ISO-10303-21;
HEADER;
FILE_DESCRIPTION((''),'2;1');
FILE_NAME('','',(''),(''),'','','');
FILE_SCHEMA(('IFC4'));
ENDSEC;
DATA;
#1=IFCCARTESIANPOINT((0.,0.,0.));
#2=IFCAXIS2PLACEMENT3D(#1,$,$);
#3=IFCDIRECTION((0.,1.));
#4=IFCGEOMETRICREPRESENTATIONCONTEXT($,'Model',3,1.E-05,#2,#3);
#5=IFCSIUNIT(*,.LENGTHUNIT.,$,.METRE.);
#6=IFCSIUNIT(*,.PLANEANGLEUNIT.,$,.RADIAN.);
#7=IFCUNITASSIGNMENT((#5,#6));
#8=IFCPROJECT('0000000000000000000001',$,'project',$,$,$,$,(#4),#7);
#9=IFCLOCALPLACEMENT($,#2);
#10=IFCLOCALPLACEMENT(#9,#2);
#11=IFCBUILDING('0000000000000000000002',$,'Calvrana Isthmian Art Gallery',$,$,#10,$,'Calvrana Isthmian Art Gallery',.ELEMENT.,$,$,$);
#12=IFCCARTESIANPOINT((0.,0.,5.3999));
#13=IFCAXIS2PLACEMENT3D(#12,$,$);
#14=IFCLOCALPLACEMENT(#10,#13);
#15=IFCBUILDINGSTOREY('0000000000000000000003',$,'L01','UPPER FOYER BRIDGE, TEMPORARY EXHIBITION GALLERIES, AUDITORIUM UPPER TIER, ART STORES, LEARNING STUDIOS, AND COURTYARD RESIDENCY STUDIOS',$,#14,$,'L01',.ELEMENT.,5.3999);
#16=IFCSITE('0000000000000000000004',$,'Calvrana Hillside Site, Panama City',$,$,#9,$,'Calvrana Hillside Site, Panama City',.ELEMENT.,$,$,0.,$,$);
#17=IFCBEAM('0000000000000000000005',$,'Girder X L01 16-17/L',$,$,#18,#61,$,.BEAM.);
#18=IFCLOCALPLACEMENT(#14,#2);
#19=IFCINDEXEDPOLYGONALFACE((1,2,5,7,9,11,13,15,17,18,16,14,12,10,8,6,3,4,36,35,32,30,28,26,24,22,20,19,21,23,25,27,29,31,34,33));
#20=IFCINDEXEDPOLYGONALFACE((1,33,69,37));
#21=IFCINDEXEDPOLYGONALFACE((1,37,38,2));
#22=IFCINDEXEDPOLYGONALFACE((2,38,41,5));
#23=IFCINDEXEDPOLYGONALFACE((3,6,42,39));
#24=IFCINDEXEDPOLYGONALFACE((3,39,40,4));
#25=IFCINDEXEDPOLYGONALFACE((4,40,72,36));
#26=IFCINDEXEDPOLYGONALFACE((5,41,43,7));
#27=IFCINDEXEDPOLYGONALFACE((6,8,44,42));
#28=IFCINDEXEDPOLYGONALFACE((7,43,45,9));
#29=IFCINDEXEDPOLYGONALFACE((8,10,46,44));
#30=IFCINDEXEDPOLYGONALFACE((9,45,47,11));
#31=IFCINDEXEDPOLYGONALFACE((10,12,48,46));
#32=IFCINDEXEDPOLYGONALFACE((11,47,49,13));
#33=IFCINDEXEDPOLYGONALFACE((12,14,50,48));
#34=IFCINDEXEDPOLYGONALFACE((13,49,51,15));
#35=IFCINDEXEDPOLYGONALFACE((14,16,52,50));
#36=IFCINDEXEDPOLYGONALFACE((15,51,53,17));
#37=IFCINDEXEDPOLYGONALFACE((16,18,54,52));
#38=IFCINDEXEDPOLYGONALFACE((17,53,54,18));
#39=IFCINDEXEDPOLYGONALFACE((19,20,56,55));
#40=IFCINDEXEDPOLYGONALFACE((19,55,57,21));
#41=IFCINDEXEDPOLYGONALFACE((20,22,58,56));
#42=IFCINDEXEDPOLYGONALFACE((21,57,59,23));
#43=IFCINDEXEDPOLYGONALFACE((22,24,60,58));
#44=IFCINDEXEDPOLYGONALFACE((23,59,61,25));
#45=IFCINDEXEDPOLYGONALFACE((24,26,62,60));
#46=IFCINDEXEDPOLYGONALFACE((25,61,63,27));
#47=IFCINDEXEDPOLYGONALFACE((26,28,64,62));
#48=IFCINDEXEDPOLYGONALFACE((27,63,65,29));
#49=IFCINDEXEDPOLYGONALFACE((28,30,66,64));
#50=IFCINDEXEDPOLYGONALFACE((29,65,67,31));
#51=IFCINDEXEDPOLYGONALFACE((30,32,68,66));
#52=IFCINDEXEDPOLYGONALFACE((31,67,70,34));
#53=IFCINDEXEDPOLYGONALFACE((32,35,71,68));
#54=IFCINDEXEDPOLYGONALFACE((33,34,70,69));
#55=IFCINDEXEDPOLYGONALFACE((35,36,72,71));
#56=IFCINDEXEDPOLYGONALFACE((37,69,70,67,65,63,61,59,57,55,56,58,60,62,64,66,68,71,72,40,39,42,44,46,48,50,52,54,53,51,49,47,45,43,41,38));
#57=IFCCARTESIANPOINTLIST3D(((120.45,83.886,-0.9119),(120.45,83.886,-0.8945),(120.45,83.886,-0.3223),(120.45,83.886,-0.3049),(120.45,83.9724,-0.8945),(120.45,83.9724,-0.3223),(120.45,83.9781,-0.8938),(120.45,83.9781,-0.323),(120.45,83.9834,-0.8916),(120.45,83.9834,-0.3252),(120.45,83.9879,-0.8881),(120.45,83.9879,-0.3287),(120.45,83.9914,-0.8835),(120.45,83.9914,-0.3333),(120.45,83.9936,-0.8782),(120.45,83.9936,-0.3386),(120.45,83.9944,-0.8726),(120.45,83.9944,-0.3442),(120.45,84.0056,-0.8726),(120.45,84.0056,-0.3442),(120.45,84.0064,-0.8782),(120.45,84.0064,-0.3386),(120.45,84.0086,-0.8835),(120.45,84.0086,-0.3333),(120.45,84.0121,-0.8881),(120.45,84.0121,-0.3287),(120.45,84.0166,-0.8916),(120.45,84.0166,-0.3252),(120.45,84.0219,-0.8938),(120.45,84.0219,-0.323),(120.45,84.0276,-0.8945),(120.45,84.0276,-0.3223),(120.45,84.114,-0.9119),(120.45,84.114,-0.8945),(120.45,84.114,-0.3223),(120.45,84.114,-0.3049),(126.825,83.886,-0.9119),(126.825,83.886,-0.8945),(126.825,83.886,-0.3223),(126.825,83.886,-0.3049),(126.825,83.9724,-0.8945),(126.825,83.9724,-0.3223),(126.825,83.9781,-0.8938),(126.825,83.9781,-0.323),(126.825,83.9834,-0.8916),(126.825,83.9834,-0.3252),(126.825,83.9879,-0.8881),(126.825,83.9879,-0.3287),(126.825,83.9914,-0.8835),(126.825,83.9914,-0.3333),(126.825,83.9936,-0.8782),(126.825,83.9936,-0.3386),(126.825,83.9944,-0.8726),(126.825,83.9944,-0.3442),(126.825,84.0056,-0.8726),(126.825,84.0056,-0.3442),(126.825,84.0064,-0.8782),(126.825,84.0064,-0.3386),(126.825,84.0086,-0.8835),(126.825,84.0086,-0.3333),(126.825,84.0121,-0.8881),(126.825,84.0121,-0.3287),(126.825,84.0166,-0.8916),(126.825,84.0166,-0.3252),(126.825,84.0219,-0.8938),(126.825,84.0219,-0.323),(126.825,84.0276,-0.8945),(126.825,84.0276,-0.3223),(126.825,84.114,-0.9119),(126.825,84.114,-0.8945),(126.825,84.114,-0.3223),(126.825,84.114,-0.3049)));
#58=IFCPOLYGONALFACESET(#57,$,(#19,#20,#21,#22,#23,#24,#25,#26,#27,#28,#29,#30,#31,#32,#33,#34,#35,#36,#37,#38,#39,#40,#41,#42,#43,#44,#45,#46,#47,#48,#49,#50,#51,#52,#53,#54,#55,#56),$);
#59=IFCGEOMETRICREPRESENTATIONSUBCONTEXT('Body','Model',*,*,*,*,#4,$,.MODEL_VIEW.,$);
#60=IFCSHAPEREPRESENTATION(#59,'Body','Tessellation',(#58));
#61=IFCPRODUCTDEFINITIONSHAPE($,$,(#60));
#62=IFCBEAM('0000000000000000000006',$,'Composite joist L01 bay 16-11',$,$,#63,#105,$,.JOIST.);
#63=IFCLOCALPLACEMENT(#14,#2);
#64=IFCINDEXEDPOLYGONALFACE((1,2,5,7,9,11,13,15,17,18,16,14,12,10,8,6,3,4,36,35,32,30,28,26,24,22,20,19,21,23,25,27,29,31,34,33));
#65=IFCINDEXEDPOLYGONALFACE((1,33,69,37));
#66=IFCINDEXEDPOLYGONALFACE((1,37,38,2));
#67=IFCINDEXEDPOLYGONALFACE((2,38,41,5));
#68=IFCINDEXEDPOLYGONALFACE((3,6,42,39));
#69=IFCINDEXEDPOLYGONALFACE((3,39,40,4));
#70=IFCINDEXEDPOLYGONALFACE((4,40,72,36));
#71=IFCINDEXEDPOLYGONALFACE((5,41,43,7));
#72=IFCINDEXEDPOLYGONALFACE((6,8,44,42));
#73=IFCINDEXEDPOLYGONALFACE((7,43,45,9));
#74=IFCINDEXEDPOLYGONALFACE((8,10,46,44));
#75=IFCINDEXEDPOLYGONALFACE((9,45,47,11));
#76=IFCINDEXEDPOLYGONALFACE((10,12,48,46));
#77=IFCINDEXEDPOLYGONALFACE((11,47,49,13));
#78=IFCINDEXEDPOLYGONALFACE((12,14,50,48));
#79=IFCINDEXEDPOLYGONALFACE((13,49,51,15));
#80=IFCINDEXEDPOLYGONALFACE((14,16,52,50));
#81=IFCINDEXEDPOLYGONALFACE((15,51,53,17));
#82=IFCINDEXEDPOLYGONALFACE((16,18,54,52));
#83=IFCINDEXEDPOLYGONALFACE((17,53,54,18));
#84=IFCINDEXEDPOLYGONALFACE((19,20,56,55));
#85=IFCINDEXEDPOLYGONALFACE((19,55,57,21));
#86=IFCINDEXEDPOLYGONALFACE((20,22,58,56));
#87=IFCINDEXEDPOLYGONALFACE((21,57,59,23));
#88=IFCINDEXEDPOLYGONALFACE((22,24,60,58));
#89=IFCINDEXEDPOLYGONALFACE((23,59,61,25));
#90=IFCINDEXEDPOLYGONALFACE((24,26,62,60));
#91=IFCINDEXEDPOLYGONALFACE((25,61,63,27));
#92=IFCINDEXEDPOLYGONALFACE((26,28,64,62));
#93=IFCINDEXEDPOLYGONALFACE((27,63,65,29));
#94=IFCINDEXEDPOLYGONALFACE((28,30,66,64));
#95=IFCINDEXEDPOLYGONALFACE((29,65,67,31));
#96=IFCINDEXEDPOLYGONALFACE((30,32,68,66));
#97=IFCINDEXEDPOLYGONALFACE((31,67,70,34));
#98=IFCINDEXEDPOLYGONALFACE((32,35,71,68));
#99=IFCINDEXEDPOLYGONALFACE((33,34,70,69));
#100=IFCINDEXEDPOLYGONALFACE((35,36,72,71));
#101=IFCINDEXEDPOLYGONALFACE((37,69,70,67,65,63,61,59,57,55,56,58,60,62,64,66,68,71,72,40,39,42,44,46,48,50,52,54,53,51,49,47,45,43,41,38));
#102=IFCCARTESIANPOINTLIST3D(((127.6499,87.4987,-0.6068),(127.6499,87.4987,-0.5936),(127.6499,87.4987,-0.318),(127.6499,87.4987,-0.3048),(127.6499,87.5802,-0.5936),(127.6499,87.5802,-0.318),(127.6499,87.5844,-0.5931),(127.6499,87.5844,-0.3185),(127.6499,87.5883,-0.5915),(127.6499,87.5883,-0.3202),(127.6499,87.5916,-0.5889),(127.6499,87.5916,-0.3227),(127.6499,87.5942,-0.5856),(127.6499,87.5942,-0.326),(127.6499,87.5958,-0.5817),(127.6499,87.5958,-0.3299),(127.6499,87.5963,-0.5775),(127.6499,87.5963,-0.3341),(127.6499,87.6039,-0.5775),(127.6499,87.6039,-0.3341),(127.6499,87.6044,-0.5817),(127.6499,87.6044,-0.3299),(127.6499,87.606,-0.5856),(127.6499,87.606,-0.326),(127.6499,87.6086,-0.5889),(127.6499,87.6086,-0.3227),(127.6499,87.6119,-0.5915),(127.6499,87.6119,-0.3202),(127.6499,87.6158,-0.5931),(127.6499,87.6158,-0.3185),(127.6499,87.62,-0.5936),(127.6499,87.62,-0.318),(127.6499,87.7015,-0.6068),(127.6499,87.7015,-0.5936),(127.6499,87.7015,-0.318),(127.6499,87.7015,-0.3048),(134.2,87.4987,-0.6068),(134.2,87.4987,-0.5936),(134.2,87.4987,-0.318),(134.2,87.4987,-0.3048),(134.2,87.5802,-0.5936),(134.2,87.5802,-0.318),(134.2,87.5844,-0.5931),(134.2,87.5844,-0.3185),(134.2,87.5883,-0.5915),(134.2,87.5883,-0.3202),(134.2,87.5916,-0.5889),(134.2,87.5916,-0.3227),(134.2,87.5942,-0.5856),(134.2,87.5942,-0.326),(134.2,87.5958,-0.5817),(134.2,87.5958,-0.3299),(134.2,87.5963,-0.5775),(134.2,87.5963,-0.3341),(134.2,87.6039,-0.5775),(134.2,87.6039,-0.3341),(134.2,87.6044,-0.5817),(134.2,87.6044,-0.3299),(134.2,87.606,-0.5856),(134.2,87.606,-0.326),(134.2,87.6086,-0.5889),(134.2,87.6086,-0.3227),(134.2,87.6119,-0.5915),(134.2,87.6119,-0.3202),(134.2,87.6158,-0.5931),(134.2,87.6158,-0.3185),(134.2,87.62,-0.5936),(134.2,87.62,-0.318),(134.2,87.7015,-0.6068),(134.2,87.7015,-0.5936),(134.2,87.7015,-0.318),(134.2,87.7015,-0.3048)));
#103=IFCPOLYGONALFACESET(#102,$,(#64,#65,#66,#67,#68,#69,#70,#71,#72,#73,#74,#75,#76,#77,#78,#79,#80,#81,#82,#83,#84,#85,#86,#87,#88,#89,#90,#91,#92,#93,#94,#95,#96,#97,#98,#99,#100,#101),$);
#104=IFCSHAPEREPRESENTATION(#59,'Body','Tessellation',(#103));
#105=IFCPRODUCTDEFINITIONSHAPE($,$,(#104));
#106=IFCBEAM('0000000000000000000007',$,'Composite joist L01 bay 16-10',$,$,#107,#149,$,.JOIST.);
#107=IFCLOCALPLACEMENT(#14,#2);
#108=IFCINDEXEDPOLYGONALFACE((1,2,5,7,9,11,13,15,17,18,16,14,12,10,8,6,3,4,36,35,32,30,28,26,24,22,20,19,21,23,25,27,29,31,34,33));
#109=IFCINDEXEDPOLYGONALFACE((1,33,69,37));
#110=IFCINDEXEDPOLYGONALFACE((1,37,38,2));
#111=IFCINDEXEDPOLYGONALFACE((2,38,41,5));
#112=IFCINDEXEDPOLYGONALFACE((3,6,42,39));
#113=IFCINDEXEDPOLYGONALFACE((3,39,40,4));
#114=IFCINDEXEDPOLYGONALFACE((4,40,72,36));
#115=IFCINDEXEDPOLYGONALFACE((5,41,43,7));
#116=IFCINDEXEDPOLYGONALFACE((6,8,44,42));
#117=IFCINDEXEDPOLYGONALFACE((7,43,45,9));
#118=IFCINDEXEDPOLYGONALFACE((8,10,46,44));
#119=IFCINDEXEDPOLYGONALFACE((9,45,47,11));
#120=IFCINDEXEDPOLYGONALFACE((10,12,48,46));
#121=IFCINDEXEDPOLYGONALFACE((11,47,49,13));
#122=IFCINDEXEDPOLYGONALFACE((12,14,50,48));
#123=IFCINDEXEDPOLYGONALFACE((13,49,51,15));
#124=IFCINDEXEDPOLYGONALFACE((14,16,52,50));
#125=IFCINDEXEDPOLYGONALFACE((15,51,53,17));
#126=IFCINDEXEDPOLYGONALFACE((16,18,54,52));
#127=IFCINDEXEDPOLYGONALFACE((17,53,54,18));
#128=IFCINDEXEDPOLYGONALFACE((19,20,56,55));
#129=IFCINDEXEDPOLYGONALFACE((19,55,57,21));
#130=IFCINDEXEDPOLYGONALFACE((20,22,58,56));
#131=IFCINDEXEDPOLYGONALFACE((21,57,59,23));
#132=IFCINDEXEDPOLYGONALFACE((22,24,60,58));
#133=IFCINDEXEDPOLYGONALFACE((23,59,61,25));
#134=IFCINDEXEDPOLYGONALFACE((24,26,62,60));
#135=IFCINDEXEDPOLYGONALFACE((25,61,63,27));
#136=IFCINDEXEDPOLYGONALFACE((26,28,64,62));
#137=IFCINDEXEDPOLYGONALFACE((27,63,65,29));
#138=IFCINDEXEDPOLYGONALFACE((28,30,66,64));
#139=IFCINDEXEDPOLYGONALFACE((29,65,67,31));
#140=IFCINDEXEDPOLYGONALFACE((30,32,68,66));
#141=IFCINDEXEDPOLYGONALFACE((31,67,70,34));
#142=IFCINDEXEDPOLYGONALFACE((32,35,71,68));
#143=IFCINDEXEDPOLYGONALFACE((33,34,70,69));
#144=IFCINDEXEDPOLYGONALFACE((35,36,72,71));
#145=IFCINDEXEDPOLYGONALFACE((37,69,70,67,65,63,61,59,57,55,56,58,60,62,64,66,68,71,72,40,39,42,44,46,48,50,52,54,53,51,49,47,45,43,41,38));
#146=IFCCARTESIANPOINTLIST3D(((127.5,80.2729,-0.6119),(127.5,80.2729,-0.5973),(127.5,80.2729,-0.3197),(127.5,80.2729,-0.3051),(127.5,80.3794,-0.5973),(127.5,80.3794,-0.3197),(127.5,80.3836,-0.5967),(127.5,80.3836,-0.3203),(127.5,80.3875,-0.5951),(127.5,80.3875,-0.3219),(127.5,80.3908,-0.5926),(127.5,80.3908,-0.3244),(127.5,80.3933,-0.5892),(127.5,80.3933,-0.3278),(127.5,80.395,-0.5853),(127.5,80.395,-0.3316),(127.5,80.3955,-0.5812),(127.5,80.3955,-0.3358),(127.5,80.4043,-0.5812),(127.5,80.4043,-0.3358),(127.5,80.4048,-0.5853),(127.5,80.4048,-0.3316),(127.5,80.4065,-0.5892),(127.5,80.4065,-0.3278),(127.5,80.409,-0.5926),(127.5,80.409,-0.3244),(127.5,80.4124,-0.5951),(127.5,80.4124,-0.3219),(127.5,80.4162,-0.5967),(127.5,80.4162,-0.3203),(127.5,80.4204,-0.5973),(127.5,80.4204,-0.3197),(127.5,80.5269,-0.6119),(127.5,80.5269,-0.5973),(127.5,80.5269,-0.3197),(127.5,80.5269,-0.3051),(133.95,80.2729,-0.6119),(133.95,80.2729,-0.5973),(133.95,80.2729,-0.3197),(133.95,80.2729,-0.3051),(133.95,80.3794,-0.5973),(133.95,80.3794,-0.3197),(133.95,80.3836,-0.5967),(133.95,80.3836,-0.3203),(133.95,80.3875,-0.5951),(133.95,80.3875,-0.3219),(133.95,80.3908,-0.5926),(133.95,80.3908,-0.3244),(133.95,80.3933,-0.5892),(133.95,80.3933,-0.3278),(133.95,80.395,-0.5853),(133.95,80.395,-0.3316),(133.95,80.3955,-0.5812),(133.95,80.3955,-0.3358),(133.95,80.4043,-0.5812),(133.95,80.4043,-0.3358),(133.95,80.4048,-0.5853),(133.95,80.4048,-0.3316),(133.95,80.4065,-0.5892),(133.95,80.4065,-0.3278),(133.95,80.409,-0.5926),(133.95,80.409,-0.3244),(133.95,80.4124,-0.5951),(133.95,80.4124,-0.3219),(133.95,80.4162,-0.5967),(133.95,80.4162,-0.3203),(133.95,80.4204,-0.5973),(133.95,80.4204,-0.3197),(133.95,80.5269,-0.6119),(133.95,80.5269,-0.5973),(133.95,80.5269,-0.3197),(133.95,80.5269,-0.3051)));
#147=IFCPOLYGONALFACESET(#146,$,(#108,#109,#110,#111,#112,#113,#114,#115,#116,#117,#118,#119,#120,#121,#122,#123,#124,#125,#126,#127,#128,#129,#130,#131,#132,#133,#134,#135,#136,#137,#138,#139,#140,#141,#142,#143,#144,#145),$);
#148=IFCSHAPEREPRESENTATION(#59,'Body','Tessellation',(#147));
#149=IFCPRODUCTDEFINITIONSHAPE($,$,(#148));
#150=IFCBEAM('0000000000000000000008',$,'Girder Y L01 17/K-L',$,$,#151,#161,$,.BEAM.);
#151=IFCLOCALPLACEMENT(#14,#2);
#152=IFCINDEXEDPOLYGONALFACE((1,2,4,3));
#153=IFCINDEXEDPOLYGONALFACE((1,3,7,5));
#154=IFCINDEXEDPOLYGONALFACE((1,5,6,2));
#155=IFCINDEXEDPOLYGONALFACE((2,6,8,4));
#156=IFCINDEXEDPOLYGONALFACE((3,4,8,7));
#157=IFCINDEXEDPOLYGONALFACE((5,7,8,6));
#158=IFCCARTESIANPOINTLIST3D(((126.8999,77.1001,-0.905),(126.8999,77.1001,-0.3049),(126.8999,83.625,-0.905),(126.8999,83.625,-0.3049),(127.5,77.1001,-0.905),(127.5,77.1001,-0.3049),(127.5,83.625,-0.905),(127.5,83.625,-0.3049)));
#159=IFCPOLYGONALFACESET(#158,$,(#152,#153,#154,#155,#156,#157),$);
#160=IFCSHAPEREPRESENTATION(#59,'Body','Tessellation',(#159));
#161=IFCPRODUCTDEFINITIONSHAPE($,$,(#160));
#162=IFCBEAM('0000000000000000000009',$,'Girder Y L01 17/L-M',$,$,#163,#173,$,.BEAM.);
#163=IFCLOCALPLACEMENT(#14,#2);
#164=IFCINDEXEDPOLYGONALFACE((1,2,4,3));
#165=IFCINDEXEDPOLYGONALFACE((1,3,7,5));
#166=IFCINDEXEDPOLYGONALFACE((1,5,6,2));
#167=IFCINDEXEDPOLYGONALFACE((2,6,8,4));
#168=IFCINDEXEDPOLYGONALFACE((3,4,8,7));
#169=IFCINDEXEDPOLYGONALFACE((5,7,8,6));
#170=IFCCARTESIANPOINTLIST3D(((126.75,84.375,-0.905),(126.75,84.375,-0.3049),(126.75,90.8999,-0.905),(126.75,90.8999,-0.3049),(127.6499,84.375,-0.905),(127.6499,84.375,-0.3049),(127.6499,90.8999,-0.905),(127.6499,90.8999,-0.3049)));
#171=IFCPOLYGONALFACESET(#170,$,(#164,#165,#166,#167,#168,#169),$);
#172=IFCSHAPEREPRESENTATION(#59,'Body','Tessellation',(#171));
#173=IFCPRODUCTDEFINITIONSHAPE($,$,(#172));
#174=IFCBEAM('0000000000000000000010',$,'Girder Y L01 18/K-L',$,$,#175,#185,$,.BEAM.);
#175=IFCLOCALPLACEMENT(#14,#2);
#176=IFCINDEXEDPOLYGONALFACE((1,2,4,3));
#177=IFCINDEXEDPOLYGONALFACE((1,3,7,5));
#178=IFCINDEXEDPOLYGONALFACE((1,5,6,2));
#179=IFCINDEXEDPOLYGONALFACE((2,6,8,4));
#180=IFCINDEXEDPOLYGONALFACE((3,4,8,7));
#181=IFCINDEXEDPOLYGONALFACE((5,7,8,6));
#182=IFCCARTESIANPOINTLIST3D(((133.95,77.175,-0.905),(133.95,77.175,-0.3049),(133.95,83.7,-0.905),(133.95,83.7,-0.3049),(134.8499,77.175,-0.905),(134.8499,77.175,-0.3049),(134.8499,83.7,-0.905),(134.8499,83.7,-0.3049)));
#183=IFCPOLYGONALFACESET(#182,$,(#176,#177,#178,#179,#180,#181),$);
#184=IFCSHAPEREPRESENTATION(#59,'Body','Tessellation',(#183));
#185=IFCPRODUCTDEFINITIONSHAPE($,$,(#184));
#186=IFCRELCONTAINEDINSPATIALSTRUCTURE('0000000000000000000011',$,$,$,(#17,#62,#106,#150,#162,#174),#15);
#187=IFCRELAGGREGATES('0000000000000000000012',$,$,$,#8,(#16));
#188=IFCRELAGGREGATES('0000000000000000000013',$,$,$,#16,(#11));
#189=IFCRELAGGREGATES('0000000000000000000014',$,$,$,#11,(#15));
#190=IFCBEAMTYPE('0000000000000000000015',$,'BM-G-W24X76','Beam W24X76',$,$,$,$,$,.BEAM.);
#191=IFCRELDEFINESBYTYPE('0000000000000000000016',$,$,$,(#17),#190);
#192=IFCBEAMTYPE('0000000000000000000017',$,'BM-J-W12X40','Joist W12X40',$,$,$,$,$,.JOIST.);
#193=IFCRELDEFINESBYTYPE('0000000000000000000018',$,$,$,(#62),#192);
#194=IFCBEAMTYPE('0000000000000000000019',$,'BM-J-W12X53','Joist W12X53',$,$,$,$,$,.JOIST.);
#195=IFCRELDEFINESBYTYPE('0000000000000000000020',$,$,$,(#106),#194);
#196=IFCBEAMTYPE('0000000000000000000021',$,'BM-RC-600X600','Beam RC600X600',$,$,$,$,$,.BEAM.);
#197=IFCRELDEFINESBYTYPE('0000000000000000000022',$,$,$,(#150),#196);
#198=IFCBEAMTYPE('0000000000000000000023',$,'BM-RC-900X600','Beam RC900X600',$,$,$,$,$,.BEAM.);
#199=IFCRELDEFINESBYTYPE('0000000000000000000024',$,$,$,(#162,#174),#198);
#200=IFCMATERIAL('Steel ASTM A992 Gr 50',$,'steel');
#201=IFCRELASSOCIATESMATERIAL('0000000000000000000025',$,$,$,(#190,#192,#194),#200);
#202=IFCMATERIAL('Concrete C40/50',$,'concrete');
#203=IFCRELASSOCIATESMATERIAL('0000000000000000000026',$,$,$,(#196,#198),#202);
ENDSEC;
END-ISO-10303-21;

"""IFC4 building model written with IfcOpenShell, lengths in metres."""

from ifc_helpers import new_model, si_unit, direction, frame, origin, origin_2d, place, context, subcontext, project, spatial, rectangle, i_section, extrude, material, material_profile, profile_set, type_object, element, save


model = new_model("IFC4")

# Units and contexts
model_context = context("Model", 3, precision=1e-05, world=origin(), true_north=direction((0.0, 1.0)))
body_context = subcontext(model_context, "Body", "Model", "MODEL_VIEW")
ifc_project = project(units=[si_unit("LENGTHUNIT", "METRE"), si_unit("PLANEANGLEUNIT", "RADIAN")], contexts=[model_context])

# Site, building, storey
site_placement = place(None, origin())
site = spatial("IfcSite", under=ifc_project, at=site_placement, Name="Calvrana Hillside Site, Panama City", LongName="Calvrana Hillside Site, Panama City", CompositionType="ELEMENT", RefElevation=0.0)
building_placement = place(site_placement, origin())
building = spatial("IfcBuilding", under=site, at=building_placement, Name="Calvrana Isthmian Art Gallery", LongName="Calvrana Isthmian Art Gallery", CompositionType="ELEMENT")
storey_placement = place(building_placement, frame((0.0, 0.0, 5.3999)))
storey = spatial("IfcBuildingStorey", under=building, at=storey_placement, Name="L01", Description="UPPER FOYER BRIDGE, TEMPORARY EXHIBITION GALLERIES, AUDITORIUM UPPER TIER, ART STORES, LEARNING STUDIOS, AND COURTYARD RESIDENCY STUDIOS", LongName="L01", CompositionType="ELEMENT", Elevation=5.3999)

# Shared definitions
ifc_material_1 = material(Name="Concrete C40/50", Category="concrete")

# Beams
ifc_material_2 = material(Name="Steel ASTM A992 Gr 50", Category="steel")
ifc_material_profile_1 = material_profile(ifc_material_2, i_section(OverallWidth=0.228, OverallDepth=0.6069, WebThickness=0.0112, FlangeThickness=0.0173, FilletRadius=0.022, at=origin_2d()), Name="W24X76")
ifc_profile_set_1 = profile_set([ifc_material_profile_1], Name="Steel ASTM A992 Gr 50")
beam_type_1 = type_object("IfcBeamType", Name="BM-G-W24X76", Description="Beam W24X76", PredefinedType="BEAM", material=ifc_profile_set_1)
beam_1_placement = place(storey_placement, frame((120.45, 84.0, -0.6084), z_axis=(1.0, 0.0, 0.0), x_axis=(0.0, 1.0, 0.0)))
element("IfcBeam", 1, at=beam_1_placement, inside=storey, type_object=beam_type_1, Name="Girder X L01 16-17/L", PredefinedType="BEAM", context=body_context, shape_type="SweptSolid", body=[
    extrude(i_section(OverallWidth=0.228, OverallDepth=0.6069, WebThickness=0.0112, FlangeThickness=0.0173, FilletRadius=0.022, at=origin_2d()), origin(), (0.0, 0.0, 1.0), 6.375),
])
ifc_material_profile_2 = material_profile(ifc_material_2, i_section(OverallWidth=0.2029, OverallDepth=0.302, WebThickness=0.0076, FlangeThickness=0.0132, FilletRadius=0.0161, at=origin_2d()), Name="W12X40")
ifc_profile_set_2 = profile_set([ifc_material_profile_2], Name="Steel ASTM A992 Gr 50")
beam_type_2 = type_object("IfcBeamType", Name="BM-J-W12X40", Description="Joist W12X40", PredefinedType="JOIST", material=ifc_profile_set_2)
beam_2_placement = place(storey_placement, frame((127.6499, 87.6001, -0.4558), z_axis=(1.0, 0.0, 0.0), x_axis=(0.0, 1.0, 0.0)))
element("IfcBeam", 2, at=beam_2_placement, inside=storey, type_object=beam_type_2, Name="Composite joist L01 bay 16-11", PredefinedType="JOIST", context=body_context, shape_type="SweptSolid", body=[
    extrude(i_section(OverallWidth=0.2029, OverallDepth=0.302, WebThickness=0.0076, FlangeThickness=0.0132, FilletRadius=0.0161, at=origin_2d()), origin(), (0.0, 0.0, 1.0), 6.55),
])
ifc_material_profile_3 = material_profile(ifc_material_2, i_section(OverallWidth=0.2539, OverallDepth=0.3069, WebThickness=0.0088, FlangeThickness=0.0146, FilletRadius=0.0161, at=origin_2d()), Name="W12X53")
ifc_profile_set_3 = profile_set([ifc_material_profile_3], Name="Steel ASTM A992 Gr 50")
beam_type_3 = type_object("IfcBeamType", Name="BM-J-W12X53", Description="Joist W12X53", PredefinedType="JOIST", material=ifc_profile_set_3)
beam_3_placement = place(storey_placement, frame((127.5, 80.3999, -0.4585), z_axis=(1.0, 0.0, 0.0), x_axis=(0.0, 1.0, 0.0)))
element("IfcBeam", 3, at=beam_3_placement, inside=storey, type_object=beam_type_3, Name="Composite joist L01 bay 16-10", PredefinedType="JOIST", context=body_context, shape_type="SweptSolid", body=[
    extrude(i_section(OverallWidth=0.2539, OverallDepth=0.3069, WebThickness=0.0088, FlangeThickness=0.0146, FilletRadius=0.0161, at=origin_2d()), origin(), (0.0, 0.0, 1.0), 6.45),
])
ifc_material_profile_4 = material_profile(ifc_material_1, rectangle(XDim=0.6001, YDim=0.6001, at=origin_2d()), Name="RC600X600")
ifc_profile_set_4 = profile_set([ifc_material_profile_4], Name="Concrete C40/50")
beam_type_4 = type_object("IfcBeamType", Name="BM-RC-600X600", Description="Beam RC600X600", PredefinedType="BEAM", material=ifc_profile_set_4)
beam_4_placement = place(storey_placement, frame((127.2, 77.1001, -0.605), z_axis=(0.0, 1.0, 0.0), x_axis=(-1.0, 0.0, 0.0)))
element("IfcBeam", 4, at=beam_4_placement, inside=storey, type_object=beam_type_4, Name="Girder Y L01 17/K-L", PredefinedType="BEAM", context=body_context, shape_type="SweptSolid", body=[
    extrude(rectangle(XDim=0.6001, YDim=0.6001, at=origin_2d()), origin(), (0.0, 0.0, 1.0), 6.5249),
])
ifc_material_profile_5 = material_profile(ifc_material_1, rectangle(XDim=0.8999, YDim=0.6001, at=origin_2d()), Name="RC900X600")
ifc_profile_set_5 = profile_set([ifc_material_profile_5], Name="Concrete C40/50")
beam_type_5 = type_object("IfcBeamType", Name="BM-RC-900X600", Description="Beam RC900X600", PredefinedType="BEAM", material=ifc_profile_set_5)
for number, where, z_axis, x_axis, name in (
    (5, (127.2, 84.375, -0.605), (0.0, 1.0, 0.0), (-1.0, 0.0, 0.0), "Girder Y L01 17/L-M"),
    (6, (134.3999, 77.175, -0.605), (0.0, 1.0, 0.0), (-1.0, 0.0, 0.0), "Girder Y L01 18/K-L"),
):
    element("IfcBeam", number, at=place(storey_placement, frame(where, z_axis=z_axis, x_axis=x_axis)), inside=storey, type_object=beam_type_5, Name=name, PredefinedType="BEAM", context=body_context, shape_type="SweptSolid", body=[
        extrude(rectangle(XDim=0.8999, YDim=0.6001, at=origin_2d()), origin(), (0.0, 0.0, 1.0), 6.5249),
    ])

save(model, "model.ifc")
